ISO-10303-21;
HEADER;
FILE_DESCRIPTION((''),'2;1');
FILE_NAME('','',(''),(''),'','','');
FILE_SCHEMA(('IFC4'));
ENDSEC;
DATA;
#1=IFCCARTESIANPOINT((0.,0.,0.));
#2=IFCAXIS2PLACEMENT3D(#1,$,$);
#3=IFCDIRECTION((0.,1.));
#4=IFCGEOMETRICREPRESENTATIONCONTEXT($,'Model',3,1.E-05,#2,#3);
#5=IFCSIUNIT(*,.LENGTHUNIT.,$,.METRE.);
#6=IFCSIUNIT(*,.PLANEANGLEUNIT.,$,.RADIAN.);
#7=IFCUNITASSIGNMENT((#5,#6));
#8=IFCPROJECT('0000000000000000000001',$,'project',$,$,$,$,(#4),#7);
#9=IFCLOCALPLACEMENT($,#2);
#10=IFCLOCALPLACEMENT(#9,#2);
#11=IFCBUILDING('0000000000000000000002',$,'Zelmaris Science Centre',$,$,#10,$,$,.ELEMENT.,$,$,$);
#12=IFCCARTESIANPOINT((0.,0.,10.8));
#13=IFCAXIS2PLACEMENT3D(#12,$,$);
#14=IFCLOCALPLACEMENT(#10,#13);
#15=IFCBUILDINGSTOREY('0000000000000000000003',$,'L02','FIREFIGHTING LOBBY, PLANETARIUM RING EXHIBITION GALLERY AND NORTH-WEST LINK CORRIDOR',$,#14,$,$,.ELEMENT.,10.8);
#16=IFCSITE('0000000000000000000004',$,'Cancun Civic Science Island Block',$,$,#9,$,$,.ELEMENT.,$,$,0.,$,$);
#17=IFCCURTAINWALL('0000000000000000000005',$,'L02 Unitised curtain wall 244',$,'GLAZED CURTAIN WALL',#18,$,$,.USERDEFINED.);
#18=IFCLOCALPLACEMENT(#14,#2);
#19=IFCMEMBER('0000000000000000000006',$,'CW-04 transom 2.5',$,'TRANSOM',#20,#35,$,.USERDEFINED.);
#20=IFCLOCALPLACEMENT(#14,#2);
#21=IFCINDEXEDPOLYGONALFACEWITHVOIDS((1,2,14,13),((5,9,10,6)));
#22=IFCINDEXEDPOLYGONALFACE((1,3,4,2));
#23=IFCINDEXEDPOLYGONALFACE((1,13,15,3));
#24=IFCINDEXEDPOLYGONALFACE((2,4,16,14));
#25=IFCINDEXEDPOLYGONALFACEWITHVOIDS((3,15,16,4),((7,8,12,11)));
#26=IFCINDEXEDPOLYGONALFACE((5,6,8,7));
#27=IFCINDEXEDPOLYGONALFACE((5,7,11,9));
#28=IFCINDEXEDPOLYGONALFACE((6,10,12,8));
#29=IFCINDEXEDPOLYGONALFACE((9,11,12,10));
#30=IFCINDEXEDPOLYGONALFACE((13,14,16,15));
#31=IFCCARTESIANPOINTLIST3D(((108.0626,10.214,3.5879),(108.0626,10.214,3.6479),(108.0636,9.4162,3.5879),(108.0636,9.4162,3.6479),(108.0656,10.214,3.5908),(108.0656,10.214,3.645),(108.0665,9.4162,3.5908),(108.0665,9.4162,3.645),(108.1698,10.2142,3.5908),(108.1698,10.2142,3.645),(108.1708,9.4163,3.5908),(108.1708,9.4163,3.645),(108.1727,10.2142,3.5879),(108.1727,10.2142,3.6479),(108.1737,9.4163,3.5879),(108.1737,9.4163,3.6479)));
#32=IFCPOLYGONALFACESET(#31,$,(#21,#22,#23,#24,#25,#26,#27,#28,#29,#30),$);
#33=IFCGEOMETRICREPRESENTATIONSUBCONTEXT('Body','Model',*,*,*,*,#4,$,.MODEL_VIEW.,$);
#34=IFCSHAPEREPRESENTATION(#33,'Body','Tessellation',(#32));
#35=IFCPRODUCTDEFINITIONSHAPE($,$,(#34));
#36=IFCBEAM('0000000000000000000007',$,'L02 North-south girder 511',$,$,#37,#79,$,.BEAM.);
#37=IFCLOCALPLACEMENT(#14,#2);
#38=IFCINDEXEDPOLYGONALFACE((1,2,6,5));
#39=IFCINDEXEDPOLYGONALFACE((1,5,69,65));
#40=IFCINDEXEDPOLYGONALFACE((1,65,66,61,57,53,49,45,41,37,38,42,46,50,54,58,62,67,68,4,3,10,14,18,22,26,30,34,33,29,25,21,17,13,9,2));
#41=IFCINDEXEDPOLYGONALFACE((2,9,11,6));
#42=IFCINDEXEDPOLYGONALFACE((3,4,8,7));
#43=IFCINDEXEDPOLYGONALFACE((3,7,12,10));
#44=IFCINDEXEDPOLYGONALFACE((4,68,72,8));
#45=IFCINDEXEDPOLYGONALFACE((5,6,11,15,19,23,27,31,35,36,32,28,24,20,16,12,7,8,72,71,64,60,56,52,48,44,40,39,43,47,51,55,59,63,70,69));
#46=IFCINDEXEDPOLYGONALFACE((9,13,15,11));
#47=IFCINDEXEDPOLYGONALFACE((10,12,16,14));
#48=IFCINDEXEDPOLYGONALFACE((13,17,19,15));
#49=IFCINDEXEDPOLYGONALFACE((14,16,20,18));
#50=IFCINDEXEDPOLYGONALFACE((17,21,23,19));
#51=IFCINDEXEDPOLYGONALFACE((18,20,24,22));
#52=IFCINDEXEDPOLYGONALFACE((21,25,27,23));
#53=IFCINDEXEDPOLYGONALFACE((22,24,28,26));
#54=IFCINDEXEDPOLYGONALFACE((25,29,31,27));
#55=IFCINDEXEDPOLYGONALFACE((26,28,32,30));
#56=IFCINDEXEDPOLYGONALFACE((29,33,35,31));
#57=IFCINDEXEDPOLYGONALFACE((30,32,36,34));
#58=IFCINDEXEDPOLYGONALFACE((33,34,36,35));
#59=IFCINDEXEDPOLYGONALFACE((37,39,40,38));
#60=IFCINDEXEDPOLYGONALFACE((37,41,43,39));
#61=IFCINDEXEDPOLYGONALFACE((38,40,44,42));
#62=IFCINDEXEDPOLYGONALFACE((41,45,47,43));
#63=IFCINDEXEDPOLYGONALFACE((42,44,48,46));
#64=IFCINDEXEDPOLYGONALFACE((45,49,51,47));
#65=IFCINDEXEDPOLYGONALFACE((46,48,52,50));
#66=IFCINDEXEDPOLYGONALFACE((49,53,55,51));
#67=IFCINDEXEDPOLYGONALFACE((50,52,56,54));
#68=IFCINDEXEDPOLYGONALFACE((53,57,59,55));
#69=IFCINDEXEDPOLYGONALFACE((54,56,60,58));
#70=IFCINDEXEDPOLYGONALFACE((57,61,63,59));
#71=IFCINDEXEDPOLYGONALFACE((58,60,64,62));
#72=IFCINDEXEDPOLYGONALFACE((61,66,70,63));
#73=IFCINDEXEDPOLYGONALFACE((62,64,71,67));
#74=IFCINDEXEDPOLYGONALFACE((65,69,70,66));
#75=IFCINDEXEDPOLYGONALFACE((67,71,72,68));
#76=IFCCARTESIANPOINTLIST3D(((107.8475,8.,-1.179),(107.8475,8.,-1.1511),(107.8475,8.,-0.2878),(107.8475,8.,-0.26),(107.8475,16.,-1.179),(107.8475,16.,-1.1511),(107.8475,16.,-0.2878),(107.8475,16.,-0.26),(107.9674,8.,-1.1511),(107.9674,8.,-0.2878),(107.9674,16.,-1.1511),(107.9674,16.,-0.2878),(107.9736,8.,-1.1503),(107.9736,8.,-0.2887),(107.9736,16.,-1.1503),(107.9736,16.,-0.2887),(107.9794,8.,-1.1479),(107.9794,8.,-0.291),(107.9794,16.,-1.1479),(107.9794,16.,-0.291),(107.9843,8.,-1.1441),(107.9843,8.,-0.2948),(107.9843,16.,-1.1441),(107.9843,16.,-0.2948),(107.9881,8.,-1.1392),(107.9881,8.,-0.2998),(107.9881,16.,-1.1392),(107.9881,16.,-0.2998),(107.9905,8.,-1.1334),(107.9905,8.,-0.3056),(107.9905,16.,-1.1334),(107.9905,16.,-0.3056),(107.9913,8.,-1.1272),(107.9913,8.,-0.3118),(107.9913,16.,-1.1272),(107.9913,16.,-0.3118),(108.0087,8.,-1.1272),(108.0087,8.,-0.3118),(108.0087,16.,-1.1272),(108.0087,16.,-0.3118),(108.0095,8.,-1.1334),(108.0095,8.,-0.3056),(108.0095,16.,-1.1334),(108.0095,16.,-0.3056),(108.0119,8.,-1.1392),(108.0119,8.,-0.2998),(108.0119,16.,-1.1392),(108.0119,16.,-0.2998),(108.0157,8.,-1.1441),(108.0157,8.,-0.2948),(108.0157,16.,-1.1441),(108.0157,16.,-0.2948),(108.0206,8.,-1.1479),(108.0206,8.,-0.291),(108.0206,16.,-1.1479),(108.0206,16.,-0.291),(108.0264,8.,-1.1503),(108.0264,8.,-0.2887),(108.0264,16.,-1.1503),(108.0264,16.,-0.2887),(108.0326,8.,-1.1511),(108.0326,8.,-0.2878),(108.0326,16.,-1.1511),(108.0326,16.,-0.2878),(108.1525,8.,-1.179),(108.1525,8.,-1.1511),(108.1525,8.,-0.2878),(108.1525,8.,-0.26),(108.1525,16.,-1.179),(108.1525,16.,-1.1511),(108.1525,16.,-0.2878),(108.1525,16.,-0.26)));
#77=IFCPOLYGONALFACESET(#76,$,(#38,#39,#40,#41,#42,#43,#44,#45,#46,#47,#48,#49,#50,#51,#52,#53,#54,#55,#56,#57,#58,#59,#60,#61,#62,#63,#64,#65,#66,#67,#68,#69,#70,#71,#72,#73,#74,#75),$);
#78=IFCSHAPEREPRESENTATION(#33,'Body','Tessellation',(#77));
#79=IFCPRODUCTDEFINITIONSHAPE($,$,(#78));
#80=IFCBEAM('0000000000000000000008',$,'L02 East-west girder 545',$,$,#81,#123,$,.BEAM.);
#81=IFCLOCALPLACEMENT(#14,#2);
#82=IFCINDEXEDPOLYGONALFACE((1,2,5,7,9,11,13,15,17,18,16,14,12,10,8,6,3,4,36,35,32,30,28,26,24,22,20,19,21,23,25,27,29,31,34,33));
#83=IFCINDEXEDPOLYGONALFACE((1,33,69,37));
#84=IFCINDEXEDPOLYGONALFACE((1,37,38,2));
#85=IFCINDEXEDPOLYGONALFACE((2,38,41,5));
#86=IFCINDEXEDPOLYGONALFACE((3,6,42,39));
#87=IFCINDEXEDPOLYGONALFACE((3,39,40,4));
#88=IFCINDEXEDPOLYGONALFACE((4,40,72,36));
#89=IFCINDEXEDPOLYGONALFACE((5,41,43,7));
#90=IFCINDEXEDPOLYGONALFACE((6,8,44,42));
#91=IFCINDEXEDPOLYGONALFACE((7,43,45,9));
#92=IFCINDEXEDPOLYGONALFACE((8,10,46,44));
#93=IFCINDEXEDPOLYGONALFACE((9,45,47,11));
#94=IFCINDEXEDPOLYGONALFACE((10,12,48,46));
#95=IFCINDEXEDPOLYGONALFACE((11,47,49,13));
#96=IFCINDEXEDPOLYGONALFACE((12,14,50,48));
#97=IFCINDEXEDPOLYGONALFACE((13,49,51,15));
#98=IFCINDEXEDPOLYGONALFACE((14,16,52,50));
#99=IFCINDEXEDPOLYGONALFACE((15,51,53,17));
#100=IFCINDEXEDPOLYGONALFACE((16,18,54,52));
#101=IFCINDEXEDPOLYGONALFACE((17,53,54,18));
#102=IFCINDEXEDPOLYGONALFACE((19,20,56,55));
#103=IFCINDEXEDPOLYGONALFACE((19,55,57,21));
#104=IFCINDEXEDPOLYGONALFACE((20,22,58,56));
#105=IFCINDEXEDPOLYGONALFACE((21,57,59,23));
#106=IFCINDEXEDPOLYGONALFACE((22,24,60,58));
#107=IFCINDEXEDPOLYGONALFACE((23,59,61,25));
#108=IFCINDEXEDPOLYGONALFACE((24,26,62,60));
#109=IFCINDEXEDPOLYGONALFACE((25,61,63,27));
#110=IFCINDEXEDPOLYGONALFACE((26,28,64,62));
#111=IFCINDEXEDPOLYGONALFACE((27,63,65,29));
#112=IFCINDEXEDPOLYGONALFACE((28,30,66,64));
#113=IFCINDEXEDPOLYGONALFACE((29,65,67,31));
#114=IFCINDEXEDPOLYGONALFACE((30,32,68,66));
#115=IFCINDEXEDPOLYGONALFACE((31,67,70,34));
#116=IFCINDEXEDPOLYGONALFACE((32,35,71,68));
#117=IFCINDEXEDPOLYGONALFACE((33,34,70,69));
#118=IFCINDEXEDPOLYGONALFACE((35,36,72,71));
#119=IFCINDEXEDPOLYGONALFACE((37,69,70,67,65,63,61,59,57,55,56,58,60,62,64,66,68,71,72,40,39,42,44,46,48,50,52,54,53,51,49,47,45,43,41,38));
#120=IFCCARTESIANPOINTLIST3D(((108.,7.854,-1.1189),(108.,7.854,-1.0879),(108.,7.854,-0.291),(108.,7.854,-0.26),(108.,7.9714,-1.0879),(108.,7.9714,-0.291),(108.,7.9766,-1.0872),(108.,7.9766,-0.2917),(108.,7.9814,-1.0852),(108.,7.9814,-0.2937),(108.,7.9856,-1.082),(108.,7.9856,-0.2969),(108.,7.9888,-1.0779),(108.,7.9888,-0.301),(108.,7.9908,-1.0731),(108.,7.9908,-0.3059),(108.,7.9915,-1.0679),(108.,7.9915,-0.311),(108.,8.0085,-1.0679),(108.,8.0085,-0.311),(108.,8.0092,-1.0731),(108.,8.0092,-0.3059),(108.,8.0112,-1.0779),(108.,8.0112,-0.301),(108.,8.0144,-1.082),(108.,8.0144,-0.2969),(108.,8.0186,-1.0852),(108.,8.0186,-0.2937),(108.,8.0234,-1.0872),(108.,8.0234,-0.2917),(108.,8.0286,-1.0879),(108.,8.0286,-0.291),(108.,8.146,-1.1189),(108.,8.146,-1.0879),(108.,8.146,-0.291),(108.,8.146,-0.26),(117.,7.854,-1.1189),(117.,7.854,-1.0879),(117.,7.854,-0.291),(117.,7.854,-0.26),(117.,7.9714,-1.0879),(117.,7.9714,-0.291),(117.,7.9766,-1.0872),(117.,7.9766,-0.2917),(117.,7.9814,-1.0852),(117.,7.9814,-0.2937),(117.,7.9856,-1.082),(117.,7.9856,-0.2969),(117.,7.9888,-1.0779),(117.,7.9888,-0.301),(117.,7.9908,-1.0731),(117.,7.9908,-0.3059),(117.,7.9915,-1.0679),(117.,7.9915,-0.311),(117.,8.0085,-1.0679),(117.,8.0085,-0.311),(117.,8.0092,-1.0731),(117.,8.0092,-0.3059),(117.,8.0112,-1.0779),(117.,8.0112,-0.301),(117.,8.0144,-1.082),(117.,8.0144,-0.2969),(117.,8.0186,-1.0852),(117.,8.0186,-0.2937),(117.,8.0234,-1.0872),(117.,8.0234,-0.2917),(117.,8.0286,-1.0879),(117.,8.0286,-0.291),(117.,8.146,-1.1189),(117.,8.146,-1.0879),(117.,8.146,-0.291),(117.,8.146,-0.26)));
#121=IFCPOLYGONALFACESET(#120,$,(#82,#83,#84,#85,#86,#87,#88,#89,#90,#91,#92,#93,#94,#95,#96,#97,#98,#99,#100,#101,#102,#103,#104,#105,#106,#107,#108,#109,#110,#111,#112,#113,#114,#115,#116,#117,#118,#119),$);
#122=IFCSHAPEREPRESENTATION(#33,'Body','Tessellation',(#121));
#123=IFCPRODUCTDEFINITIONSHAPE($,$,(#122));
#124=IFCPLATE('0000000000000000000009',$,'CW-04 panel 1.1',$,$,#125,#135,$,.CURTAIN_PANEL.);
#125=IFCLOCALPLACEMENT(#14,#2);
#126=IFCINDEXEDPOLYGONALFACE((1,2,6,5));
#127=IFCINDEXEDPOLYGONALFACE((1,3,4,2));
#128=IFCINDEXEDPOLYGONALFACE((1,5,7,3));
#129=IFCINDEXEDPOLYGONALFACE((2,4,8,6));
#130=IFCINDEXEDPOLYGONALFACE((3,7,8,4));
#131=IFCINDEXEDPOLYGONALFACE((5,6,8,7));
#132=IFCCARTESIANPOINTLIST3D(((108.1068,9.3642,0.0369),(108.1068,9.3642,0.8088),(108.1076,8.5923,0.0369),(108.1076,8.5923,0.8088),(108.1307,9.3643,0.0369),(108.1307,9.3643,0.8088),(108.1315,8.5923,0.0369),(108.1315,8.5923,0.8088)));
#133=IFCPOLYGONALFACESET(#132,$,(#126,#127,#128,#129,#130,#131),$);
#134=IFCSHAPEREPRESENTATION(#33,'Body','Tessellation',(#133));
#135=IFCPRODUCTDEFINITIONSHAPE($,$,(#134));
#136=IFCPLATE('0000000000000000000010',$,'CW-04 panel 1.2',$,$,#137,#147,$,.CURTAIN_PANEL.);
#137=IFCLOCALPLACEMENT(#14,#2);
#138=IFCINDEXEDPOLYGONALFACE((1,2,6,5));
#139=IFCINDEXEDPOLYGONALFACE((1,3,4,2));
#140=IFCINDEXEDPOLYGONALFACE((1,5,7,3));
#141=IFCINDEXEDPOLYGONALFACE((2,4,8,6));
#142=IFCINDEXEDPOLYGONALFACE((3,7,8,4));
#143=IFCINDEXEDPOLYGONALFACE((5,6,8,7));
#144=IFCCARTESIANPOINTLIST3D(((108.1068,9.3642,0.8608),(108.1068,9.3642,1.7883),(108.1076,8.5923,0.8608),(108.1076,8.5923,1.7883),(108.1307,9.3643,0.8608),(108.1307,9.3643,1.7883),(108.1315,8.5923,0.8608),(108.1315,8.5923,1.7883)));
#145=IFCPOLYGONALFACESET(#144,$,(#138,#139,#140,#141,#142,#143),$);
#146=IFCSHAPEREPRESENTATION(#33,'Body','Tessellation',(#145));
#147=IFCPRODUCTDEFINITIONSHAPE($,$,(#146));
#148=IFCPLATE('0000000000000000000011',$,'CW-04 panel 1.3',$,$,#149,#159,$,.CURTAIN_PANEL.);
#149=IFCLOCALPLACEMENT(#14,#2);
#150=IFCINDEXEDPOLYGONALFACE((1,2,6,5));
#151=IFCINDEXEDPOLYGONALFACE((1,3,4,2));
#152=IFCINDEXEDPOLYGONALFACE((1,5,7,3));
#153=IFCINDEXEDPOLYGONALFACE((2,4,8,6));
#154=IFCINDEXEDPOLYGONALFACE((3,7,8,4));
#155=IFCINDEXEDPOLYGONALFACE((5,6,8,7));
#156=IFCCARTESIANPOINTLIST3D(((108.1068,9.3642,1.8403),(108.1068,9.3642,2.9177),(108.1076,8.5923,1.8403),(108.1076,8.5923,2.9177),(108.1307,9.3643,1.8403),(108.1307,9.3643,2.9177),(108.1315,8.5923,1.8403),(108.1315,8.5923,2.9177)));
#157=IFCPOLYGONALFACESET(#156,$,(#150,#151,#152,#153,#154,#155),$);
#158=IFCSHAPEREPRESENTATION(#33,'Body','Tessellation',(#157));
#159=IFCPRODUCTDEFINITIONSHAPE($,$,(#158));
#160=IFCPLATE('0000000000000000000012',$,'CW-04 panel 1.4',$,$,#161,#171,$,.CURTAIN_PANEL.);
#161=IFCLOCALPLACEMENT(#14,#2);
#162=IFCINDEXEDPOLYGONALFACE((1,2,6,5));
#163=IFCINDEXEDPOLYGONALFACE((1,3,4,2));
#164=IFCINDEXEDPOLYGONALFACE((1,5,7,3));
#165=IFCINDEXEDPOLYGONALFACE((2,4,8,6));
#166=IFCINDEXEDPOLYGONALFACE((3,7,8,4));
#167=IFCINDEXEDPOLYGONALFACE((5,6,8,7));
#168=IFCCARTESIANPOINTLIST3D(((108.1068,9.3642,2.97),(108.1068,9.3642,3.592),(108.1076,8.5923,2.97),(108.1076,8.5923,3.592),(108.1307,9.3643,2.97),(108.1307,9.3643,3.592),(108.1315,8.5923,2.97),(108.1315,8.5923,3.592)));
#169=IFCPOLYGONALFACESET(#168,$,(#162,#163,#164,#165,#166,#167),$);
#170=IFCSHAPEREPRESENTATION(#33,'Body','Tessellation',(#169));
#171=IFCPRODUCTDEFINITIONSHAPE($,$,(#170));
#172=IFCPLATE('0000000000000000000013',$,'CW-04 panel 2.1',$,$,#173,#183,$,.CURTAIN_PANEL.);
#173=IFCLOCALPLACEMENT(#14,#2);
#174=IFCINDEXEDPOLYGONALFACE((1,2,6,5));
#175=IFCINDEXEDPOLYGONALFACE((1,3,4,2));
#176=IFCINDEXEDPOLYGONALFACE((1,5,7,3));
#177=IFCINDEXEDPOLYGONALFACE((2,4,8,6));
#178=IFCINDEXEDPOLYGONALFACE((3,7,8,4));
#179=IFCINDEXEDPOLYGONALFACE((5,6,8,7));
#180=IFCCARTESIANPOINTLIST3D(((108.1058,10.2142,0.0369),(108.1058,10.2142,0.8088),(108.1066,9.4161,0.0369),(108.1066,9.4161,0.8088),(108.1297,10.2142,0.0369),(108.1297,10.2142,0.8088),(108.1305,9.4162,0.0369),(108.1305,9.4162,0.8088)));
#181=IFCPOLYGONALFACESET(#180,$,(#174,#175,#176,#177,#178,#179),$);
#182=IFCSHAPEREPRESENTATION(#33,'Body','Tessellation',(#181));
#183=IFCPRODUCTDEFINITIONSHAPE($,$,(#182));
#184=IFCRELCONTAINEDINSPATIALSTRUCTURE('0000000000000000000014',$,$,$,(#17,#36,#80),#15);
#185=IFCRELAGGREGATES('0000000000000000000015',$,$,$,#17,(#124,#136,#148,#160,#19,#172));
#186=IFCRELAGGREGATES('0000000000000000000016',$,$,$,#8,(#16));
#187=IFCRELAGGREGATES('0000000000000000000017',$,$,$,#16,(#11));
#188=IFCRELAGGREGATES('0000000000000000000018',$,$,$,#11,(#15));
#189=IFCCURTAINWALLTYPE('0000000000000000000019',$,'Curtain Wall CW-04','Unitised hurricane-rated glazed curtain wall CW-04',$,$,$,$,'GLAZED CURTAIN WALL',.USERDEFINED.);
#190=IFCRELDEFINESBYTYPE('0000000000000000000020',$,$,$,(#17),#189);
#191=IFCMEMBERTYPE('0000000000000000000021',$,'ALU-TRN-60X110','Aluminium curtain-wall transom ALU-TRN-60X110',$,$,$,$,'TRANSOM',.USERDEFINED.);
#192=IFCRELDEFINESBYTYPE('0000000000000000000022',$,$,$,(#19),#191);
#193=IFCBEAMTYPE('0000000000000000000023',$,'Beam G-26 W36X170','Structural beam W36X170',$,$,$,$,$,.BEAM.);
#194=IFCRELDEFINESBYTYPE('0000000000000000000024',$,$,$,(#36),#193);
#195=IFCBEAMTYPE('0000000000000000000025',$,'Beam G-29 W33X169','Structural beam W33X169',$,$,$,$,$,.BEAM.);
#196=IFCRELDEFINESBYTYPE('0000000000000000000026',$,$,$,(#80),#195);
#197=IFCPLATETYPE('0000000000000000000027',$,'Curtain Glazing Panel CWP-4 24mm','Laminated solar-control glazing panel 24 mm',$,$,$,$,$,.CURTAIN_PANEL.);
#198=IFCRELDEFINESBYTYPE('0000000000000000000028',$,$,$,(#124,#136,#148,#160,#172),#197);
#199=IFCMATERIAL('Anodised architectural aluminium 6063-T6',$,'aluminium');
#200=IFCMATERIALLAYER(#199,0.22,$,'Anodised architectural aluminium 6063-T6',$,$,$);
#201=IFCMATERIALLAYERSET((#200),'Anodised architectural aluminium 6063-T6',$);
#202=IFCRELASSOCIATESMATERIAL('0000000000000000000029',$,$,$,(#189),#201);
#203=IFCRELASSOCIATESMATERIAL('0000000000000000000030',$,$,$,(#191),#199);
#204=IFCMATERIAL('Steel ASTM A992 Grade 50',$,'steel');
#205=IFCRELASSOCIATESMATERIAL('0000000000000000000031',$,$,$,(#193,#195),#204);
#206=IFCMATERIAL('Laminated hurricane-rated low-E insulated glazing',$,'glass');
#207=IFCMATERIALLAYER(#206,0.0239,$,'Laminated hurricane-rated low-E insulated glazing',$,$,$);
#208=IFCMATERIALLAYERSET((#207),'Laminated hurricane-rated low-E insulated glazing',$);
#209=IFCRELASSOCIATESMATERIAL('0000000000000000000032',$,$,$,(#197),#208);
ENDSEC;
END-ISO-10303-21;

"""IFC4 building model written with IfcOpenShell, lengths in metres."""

from ifc_helpers import new_model, si_unit, direction, frame, origin, origin_2d, place, context, subcontext, project, spatial, rectangle, hollow_rectangle, i_section, extrude, material, layer, layer_set, material_profile, profile_set, type_object, element, aggregate, save


model = new_model("IFC4")

# Units and contexts
model_context = context("Model", 3, precision=1e-05, world=origin(), true_north=direction((0.0, 1.0)))
body_context = subcontext(model_context, "Body", "Model", "MODEL_VIEW")
ifc_project = project(units=[si_unit("LENGTHUNIT", "METRE"), si_unit("PLANEANGLEUNIT", "RADIAN")], contexts=[model_context])

# Site, building, storey
site_placement = place(None, origin())
site = spatial("IfcSite", under=ifc_project, at=site_placement, Name="Cancun Civic Science Island Block", CompositionType="ELEMENT", RefElevation=0.0)
building_placement = place(site_placement, origin())
building = spatial("IfcBuilding", under=site, at=building_placement, Name="Zelmaris Science Centre", CompositionType="ELEMENT")
storey_placement = place(building_placement, frame((0.0, 0.0, 10.8)))
storey = spatial("IfcBuildingStorey", under=building, at=storey_placement, Name="L02", Description="FIREFIGHTING LOBBY, PLANETARIUM RING EXHIBITION GALLERY AND NORTH-WEST LINK CORRIDOR", CompositionType="ELEMENT", Elevation=10.8)

# Curtain wall, member
ifc_material_1 = material(Name="Anodised architectural aluminium 6063-T6", Category="aluminium")
ifc_layer_1 = layer(ifc_material_1, 0.22, Name="Anodised architectural aluminium 6063-T6")
ifc_layer_set_1 = layer_set([ifc_layer_1], Name="Anodised architectural aluminium 6063-T6")
curtain_wall_type = type_object("IfcCurtainWallType", Name="Curtain Wall CW-04", Description="Unitised hurricane-rated glazed curtain wall CW-04", ElementType="GLAZED CURTAIN WALL", PredefinedType="USERDEFINED", material=ifc_layer_set_1)
curtain_wall_placement = place(storey_placement, origin())
curtain_wall = element("IfcCurtainWall", 1, at=curtain_wall_placement, inside=storey, type_object=curtain_wall_type, Name="L02 Unitised curtain wall 244", ObjectType="GLAZED CURTAIN WALL", PredefinedType="USERDEFINED")
ifc_material_profile_1 = material_profile(ifc_material_1, hollow_rectangle(XDim=0.0601, YDim=0.1101, WallThickness=0.0029, at=origin_2d()), Name="ALU-TRN-60X110")
ifc_profile_set_1 = profile_set([ifc_material_profile_1], Name="Anodised architectural aluminium 6063-T6")
member_type_1 = type_object("IfcMemberType", Name="ALU-TRN-60X110", Description="Aluminium curtain-wall transom ALU-TRN-60X110", ElementType="TRANSOM", PredefinedType="USERDEFINED", material=ifc_profile_set_1)
member_1_placement = place(storey_placement, frame((108.1187, 9.4163, 3.6179), z_axis=(-0.001224, 0.999999, 0.0), x_axis=(0.0, 0.0, 1.0)))
member_1 = element("IfcMember", 2, at=member_1_placement, type_object=member_type_1, Name="CW-04 transom 2.5", ObjectType="TRANSOM", PredefinedType="USERDEFINED", context=body_context, shape_type="SweptSolid", body=[
    extrude(hollow_rectangle(XDim=0.0601, YDim=0.1101, WallThickness=0.0029, at=origin_2d()), origin(), (0.0, 0.0, 1.0), 0.7979),
])

# Beams
ifc_material_2 = material(Name="Steel ASTM A992 Grade 50", Category="steel")
ifc_material_profile_2 = material_profile(ifc_material_2, i_section(OverallWidth=0.3049, OverallDepth=0.9189, WebThickness=0.0173, FlangeThickness=0.0278, FilletRadius=0.0239, at=origin_2d()), Name="W36X170")
ifc_profile_set_2 = profile_set([ifc_material_profile_2], Name="Steel ASTM A992 Grade 50")
beam_type_1 = type_object("IfcBeamType", Name="Beam G-26 W36X170", Description="Structural beam W36X170", PredefinedType="BEAM", material=ifc_profile_set_2)
beam_1_placement = place(storey_placement, frame((108.0, 8.0, -0.7195), z_axis=(0.0, 1.0, 0.0), x_axis=(-1.0, 0.0, 0.0)))
element("IfcBeam", 3, at=beam_1_placement, inside=storey, type_object=beam_type_1, Name="L02 North-south girder 511", PredefinedType="BEAM", context=body_context, shape_type="SweptSolid", body=[
    extrude(i_section(OverallWidth=0.3049, OverallDepth=0.9189, WebThickness=0.0173, FlangeThickness=0.0278, FilletRadius=0.0239, at=origin_2d()), origin(), (0.0, 0.0, 1.0), 8.0),
])
ifc_material_profile_3 = material_profile(ifc_material_2, i_section(OverallWidth=0.292, OverallDepth=0.8589, WebThickness=0.0171, FlangeThickness=0.031, FilletRadius=0.02, at=origin_2d()), Name="W33X169")
ifc_profile_set_3 = profile_set([ifc_material_profile_3], Name="Steel ASTM A992 Grade 50")
beam_type_2 = type_object("IfcBeamType", Name="Beam G-29 W33X169", Description="Structural beam W33X169", PredefinedType="BEAM", material=ifc_profile_set_3)
beam_2_placement = place(storey_placement, frame((108.0, 8.0, -0.6895), z_axis=(1.0, 0.0, 0.0), x_axis=(0.0, 1.0, 0.0)))
element("IfcBeam", 4, at=beam_2_placement, inside=storey, type_object=beam_type_2, Name="L02 East-west girder 545", PredefinedType="BEAM", context=body_context, shape_type="SweptSolid", body=[
    extrude(i_section(OverallWidth=0.292, OverallDepth=0.8589, WebThickness=0.0171, FlangeThickness=0.031, FilletRadius=0.02, at=origin_2d()), origin(), (0.0, 0.0, 1.0), 9.0),
])

# Plates
ifc_material_3 = material(Name="Laminated hurricane-rated low-E insulated glazing", Category="glass")
ifc_layer_2 = layer(ifc_material_3, 0.0239, Name="Laminated hurricane-rated low-E insulated glazing")
ifc_layer_set_2 = layer_set([ifc_layer_2], Name="Laminated hurricane-rated low-E insulated glazing")
plate_type = type_object("IfcPlateType", Name="Curtain Glazing Panel CWP-4 24mm", Description="Laminated solar-control glazing panel 24 mm", PredefinedType="CURTAIN_PANEL", material=ifc_layer_set_2)
plate_1_placement = place(storey_placement, frame((108.1191, 8.9783, 0.0369), z_axis=(0.0, 0.0, 1.0), x_axis=(-0.001059, 0.999999, 0.0)))
plate_1 = element("IfcPlate", 5, at=plate_1_placement, type_object=plate_type, Name="CW-04 panel 1.1", PredefinedType="CURTAIN_PANEL", context=body_context, shape_type="SweptSolid", body=[
    extrude(rectangle(XDim=0.772, YDim=0.0239, at=origin_2d()), origin(), (0.0, 0.0, 1.0), 0.772),
])
plate_2_placement = place(storey_placement, frame((108.1191, 8.9783, 0.8608), z_axis=(0.0, 0.0, 1.0), x_axis=(-0.001059, 0.999999, 0.0)))
plate_2 = element("IfcPlate", 6, at=plate_2_placement, type_object=plate_type, Name="CW-04 panel 1.2", PredefinedType="CURTAIN_PANEL", context=body_context, shape_type="SweptSolid", body=[
    extrude(rectangle(XDim=0.772, YDim=0.0239, at=origin_2d()), origin(), (0.0, 0.0, 1.0), 0.9275),
])
plate_3_placement = place(storey_placement, frame((108.1191, 8.9783, 1.8403), z_axis=(0.0, 0.0, 1.0), x_axis=(-0.001059, 0.999999, 0.0)))
plate_3 = element("IfcPlate", 7, at=plate_3_placement, type_object=plate_type, Name="CW-04 panel 1.3", PredefinedType="CURTAIN_PANEL", context=body_context, shape_type="SweptSolid", body=[
    extrude(rectangle(XDim=0.772, YDim=0.0239, at=origin_2d()), origin(), (0.0, 0.0, 1.0), 1.0774),
])
plate_4_placement = place(storey_placement, frame((108.1191, 8.9783, 2.97), z_axis=(0.0, 0.0, 1.0), x_axis=(-0.001059, 0.999999, 0.0)))
plate_4 = element("IfcPlate", 8, at=plate_4_placement, type_object=plate_type, Name="CW-04 panel 1.4", PredefinedType="CURTAIN_PANEL", context=body_context, shape_type="SweptSolid", body=[
    extrude(rectangle(XDim=0.772, YDim=0.0239, at=origin_2d()), origin(), (0.0, 0.0, 1.0), 0.6221),
])
plate_5_placement = place(storey_placement, frame((108.1182, 9.8152, 0.0369), z_axis=(0.0, 0.0, 1.0), x_axis=(-0.001059, 0.999999, 0.0)))
plate_5 = element("IfcPlate", 9, at=plate_5_placement, type_object=plate_type, Name="CW-04 panel 2.1", PredefinedType="CURTAIN_PANEL", context=body_context, shape_type="SweptSolid", body=[
    extrude(rectangle(XDim=0.7981, YDim=0.0239, at=origin_2d()), origin(), (0.0, 0.0, 1.0), 0.772),
])
aggregate(curtain_wall, [plate_1, plate_2, plate_3, plate_4, member_1, plate_5])

save(model, "model.ifc")
